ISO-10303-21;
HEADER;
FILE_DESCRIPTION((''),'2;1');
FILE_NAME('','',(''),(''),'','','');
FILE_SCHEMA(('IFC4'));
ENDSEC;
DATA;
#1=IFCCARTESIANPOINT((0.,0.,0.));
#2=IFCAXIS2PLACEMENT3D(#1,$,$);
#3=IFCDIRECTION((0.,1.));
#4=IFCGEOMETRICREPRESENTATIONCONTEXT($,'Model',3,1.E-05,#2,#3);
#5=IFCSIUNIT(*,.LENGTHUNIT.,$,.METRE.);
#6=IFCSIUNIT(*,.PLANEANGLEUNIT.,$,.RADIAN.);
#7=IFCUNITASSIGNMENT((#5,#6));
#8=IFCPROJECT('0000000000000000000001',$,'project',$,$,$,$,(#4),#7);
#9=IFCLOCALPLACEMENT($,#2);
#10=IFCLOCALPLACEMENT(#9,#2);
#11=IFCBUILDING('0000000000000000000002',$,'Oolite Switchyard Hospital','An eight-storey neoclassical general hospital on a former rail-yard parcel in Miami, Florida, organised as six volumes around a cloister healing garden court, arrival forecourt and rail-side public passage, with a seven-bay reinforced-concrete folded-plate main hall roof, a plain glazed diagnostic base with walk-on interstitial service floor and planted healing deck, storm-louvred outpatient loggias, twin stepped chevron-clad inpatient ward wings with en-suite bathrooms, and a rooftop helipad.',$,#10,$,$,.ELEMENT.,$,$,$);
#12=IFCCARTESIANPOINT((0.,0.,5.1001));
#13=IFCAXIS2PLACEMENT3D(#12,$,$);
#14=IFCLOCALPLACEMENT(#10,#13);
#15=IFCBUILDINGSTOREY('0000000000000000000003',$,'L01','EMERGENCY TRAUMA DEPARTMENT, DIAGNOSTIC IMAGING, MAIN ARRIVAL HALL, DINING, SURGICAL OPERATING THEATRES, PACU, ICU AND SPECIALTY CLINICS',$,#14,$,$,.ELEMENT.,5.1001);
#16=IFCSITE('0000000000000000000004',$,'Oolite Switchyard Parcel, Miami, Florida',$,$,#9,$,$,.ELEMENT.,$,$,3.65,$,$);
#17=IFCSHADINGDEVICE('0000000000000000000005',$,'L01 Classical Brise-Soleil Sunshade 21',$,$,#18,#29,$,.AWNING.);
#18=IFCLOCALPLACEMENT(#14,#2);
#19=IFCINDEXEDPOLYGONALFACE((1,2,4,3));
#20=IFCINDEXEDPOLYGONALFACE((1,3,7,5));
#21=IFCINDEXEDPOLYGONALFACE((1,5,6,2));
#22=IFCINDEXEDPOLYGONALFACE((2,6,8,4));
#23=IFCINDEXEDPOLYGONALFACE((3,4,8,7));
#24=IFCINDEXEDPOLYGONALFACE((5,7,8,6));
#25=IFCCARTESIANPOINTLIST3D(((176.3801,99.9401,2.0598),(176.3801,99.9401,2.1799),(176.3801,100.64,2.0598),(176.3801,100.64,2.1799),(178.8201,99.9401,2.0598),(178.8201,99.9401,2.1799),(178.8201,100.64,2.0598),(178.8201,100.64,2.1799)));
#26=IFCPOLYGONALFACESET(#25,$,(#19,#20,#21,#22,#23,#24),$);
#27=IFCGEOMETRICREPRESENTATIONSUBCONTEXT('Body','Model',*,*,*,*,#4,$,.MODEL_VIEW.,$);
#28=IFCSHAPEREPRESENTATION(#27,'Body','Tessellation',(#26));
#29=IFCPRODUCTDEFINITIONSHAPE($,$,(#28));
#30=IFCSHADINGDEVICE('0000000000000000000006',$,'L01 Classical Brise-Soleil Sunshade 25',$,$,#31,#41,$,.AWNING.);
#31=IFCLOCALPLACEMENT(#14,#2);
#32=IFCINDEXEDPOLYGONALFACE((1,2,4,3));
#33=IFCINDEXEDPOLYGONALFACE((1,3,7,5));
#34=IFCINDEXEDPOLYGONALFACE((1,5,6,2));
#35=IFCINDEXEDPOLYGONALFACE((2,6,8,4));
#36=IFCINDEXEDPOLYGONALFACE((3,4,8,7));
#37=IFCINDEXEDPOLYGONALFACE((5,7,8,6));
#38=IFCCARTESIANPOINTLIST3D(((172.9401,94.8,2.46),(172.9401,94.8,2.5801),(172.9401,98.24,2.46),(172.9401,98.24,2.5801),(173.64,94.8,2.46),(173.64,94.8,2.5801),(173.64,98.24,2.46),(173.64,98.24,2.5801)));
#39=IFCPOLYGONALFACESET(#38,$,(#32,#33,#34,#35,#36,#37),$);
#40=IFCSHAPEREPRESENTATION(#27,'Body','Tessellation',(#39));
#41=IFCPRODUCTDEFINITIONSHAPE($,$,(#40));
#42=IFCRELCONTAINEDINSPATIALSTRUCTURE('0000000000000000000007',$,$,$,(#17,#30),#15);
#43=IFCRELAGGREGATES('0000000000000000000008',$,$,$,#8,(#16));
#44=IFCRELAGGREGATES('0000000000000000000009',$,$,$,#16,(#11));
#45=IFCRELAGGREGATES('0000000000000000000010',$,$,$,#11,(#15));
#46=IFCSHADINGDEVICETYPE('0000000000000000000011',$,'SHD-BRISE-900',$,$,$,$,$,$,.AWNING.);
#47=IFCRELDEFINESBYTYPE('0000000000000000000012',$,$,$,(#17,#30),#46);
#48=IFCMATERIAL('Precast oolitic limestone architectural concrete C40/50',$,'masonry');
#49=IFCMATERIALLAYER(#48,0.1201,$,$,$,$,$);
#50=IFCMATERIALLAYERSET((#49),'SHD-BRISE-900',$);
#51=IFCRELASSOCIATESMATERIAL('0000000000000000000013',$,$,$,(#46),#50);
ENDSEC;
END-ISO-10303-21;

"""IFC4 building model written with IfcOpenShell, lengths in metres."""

from ifc_helpers import new_model, si_unit, direction, frame, origin, origin_2d, place, context, subcontext, project, spatial, rectangle, extrude, material, layer, layer_set, type_object, element, save


model = new_model("IFC4")

# Units and contexts
model_context = context("Model", 3, precision=1e-05, world=origin(), true_north=direction((0.0, 1.0)))
body_context = subcontext(model_context, "Body", "Model", "MODEL_VIEW")
ifc_project = project(units=[si_unit("LENGTHUNIT", "METRE"), si_unit("PLANEANGLEUNIT", "RADIAN")], contexts=[model_context])

# Site, building, storey
site_placement = place(None, origin())
site = spatial("IfcSite", under=ifc_project, at=site_placement, Name="Oolite Switchyard Parcel, Miami, Florida", CompositionType="ELEMENT", RefElevation=3.65)
building_placement = place(site_placement, origin())
building = spatial("IfcBuilding", under=site, at=building_placement, Name="Oolite Switchyard Hospital", Description="An eight-storey neoclassical general hospital on a former rail-yard parcel in Miami, Florida, organised as six volumes around a cloister healing garden court, arrival forecourt and rail-side public passage, with a seven-bay reinforced-concrete folded-plate main hall roof, a plain glazed diagnostic base with walk-on interstitial service floor and planted healing deck, storm-louvred outpatient loggias, twin stepped chevron-clad inpatient ward wings with en-suite bathrooms, and a rooftop helipad.", CompositionType="ELEMENT")
storey_placement = place(building_placement, frame((0.0, 0.0, 5.1001)))
storey = spatial("IfcBuildingStorey", under=building, at=storey_placement, Name="L01", Description="EMERGENCY TRAUMA DEPARTMENT, DIAGNOSTIC IMAGING, MAIN ARRIVAL HALL, DINING, SURGICAL OPERATING THEATRES, PACU, ICU AND SPECIALTY CLINICS", CompositionType="ELEMENT", Elevation=5.1001)

# Shared definitions
ifc_material_1 = material(Name="Precast oolitic limestone architectural concrete C40/50", Category="masonry")

# Shading devices
ifc_layer_1 = layer(ifc_material_1, 0.1201)
ifc_layer_set_1 = layer_set([ifc_layer_1], Name="SHD-BRISE-900")
shading_device_type = type_object("IfcShadingDeviceType", Name="SHD-BRISE-900", PredefinedType="AWNING", material=ifc_layer_set_1)
shading_device_1_placement = place(storey_placement, frame((177.6001, 100.29, 2.0598), z_axis=(0.0, 0.0, 1.0), x_axis=(1.0, 0.0, 0.0)))
element("IfcShadingDevice", 1, at=shading_device_1_placement, inside=storey, type_object=shading_device_type, Name="L01 Classical Brise-Soleil Sunshade 21", PredefinedType="AWNING", context=body_context, shape_type="SweptSolid", body=[
    extrude(rectangle(XDim=2.4399, YDim=0.7, at=origin_2d()), origin(), (0.0, 0.0, 1.0), 0.1201),
])
shading_device_2_placement = place(storey_placement, frame((173.29, 96.52, 2.46), z_axis=(0.0, 0.0, 1.0), x_axis=(0.0, 1.0, 0.0)))
element("IfcShadingDevice", 2, at=shading_device_2_placement, inside=storey, type_object=shading_device_type, Name="L01 Classical Brise-Soleil Sunshade 25", PredefinedType="AWNING", context=body_context, shape_type="SweptSolid", body=[
    extrude(rectangle(XDim=3.4399, YDim=0.7, at=origin_2d()), origin(), (0.0, 0.0, 1.0), 0.1201),
])

save(model, "model.ifc")
